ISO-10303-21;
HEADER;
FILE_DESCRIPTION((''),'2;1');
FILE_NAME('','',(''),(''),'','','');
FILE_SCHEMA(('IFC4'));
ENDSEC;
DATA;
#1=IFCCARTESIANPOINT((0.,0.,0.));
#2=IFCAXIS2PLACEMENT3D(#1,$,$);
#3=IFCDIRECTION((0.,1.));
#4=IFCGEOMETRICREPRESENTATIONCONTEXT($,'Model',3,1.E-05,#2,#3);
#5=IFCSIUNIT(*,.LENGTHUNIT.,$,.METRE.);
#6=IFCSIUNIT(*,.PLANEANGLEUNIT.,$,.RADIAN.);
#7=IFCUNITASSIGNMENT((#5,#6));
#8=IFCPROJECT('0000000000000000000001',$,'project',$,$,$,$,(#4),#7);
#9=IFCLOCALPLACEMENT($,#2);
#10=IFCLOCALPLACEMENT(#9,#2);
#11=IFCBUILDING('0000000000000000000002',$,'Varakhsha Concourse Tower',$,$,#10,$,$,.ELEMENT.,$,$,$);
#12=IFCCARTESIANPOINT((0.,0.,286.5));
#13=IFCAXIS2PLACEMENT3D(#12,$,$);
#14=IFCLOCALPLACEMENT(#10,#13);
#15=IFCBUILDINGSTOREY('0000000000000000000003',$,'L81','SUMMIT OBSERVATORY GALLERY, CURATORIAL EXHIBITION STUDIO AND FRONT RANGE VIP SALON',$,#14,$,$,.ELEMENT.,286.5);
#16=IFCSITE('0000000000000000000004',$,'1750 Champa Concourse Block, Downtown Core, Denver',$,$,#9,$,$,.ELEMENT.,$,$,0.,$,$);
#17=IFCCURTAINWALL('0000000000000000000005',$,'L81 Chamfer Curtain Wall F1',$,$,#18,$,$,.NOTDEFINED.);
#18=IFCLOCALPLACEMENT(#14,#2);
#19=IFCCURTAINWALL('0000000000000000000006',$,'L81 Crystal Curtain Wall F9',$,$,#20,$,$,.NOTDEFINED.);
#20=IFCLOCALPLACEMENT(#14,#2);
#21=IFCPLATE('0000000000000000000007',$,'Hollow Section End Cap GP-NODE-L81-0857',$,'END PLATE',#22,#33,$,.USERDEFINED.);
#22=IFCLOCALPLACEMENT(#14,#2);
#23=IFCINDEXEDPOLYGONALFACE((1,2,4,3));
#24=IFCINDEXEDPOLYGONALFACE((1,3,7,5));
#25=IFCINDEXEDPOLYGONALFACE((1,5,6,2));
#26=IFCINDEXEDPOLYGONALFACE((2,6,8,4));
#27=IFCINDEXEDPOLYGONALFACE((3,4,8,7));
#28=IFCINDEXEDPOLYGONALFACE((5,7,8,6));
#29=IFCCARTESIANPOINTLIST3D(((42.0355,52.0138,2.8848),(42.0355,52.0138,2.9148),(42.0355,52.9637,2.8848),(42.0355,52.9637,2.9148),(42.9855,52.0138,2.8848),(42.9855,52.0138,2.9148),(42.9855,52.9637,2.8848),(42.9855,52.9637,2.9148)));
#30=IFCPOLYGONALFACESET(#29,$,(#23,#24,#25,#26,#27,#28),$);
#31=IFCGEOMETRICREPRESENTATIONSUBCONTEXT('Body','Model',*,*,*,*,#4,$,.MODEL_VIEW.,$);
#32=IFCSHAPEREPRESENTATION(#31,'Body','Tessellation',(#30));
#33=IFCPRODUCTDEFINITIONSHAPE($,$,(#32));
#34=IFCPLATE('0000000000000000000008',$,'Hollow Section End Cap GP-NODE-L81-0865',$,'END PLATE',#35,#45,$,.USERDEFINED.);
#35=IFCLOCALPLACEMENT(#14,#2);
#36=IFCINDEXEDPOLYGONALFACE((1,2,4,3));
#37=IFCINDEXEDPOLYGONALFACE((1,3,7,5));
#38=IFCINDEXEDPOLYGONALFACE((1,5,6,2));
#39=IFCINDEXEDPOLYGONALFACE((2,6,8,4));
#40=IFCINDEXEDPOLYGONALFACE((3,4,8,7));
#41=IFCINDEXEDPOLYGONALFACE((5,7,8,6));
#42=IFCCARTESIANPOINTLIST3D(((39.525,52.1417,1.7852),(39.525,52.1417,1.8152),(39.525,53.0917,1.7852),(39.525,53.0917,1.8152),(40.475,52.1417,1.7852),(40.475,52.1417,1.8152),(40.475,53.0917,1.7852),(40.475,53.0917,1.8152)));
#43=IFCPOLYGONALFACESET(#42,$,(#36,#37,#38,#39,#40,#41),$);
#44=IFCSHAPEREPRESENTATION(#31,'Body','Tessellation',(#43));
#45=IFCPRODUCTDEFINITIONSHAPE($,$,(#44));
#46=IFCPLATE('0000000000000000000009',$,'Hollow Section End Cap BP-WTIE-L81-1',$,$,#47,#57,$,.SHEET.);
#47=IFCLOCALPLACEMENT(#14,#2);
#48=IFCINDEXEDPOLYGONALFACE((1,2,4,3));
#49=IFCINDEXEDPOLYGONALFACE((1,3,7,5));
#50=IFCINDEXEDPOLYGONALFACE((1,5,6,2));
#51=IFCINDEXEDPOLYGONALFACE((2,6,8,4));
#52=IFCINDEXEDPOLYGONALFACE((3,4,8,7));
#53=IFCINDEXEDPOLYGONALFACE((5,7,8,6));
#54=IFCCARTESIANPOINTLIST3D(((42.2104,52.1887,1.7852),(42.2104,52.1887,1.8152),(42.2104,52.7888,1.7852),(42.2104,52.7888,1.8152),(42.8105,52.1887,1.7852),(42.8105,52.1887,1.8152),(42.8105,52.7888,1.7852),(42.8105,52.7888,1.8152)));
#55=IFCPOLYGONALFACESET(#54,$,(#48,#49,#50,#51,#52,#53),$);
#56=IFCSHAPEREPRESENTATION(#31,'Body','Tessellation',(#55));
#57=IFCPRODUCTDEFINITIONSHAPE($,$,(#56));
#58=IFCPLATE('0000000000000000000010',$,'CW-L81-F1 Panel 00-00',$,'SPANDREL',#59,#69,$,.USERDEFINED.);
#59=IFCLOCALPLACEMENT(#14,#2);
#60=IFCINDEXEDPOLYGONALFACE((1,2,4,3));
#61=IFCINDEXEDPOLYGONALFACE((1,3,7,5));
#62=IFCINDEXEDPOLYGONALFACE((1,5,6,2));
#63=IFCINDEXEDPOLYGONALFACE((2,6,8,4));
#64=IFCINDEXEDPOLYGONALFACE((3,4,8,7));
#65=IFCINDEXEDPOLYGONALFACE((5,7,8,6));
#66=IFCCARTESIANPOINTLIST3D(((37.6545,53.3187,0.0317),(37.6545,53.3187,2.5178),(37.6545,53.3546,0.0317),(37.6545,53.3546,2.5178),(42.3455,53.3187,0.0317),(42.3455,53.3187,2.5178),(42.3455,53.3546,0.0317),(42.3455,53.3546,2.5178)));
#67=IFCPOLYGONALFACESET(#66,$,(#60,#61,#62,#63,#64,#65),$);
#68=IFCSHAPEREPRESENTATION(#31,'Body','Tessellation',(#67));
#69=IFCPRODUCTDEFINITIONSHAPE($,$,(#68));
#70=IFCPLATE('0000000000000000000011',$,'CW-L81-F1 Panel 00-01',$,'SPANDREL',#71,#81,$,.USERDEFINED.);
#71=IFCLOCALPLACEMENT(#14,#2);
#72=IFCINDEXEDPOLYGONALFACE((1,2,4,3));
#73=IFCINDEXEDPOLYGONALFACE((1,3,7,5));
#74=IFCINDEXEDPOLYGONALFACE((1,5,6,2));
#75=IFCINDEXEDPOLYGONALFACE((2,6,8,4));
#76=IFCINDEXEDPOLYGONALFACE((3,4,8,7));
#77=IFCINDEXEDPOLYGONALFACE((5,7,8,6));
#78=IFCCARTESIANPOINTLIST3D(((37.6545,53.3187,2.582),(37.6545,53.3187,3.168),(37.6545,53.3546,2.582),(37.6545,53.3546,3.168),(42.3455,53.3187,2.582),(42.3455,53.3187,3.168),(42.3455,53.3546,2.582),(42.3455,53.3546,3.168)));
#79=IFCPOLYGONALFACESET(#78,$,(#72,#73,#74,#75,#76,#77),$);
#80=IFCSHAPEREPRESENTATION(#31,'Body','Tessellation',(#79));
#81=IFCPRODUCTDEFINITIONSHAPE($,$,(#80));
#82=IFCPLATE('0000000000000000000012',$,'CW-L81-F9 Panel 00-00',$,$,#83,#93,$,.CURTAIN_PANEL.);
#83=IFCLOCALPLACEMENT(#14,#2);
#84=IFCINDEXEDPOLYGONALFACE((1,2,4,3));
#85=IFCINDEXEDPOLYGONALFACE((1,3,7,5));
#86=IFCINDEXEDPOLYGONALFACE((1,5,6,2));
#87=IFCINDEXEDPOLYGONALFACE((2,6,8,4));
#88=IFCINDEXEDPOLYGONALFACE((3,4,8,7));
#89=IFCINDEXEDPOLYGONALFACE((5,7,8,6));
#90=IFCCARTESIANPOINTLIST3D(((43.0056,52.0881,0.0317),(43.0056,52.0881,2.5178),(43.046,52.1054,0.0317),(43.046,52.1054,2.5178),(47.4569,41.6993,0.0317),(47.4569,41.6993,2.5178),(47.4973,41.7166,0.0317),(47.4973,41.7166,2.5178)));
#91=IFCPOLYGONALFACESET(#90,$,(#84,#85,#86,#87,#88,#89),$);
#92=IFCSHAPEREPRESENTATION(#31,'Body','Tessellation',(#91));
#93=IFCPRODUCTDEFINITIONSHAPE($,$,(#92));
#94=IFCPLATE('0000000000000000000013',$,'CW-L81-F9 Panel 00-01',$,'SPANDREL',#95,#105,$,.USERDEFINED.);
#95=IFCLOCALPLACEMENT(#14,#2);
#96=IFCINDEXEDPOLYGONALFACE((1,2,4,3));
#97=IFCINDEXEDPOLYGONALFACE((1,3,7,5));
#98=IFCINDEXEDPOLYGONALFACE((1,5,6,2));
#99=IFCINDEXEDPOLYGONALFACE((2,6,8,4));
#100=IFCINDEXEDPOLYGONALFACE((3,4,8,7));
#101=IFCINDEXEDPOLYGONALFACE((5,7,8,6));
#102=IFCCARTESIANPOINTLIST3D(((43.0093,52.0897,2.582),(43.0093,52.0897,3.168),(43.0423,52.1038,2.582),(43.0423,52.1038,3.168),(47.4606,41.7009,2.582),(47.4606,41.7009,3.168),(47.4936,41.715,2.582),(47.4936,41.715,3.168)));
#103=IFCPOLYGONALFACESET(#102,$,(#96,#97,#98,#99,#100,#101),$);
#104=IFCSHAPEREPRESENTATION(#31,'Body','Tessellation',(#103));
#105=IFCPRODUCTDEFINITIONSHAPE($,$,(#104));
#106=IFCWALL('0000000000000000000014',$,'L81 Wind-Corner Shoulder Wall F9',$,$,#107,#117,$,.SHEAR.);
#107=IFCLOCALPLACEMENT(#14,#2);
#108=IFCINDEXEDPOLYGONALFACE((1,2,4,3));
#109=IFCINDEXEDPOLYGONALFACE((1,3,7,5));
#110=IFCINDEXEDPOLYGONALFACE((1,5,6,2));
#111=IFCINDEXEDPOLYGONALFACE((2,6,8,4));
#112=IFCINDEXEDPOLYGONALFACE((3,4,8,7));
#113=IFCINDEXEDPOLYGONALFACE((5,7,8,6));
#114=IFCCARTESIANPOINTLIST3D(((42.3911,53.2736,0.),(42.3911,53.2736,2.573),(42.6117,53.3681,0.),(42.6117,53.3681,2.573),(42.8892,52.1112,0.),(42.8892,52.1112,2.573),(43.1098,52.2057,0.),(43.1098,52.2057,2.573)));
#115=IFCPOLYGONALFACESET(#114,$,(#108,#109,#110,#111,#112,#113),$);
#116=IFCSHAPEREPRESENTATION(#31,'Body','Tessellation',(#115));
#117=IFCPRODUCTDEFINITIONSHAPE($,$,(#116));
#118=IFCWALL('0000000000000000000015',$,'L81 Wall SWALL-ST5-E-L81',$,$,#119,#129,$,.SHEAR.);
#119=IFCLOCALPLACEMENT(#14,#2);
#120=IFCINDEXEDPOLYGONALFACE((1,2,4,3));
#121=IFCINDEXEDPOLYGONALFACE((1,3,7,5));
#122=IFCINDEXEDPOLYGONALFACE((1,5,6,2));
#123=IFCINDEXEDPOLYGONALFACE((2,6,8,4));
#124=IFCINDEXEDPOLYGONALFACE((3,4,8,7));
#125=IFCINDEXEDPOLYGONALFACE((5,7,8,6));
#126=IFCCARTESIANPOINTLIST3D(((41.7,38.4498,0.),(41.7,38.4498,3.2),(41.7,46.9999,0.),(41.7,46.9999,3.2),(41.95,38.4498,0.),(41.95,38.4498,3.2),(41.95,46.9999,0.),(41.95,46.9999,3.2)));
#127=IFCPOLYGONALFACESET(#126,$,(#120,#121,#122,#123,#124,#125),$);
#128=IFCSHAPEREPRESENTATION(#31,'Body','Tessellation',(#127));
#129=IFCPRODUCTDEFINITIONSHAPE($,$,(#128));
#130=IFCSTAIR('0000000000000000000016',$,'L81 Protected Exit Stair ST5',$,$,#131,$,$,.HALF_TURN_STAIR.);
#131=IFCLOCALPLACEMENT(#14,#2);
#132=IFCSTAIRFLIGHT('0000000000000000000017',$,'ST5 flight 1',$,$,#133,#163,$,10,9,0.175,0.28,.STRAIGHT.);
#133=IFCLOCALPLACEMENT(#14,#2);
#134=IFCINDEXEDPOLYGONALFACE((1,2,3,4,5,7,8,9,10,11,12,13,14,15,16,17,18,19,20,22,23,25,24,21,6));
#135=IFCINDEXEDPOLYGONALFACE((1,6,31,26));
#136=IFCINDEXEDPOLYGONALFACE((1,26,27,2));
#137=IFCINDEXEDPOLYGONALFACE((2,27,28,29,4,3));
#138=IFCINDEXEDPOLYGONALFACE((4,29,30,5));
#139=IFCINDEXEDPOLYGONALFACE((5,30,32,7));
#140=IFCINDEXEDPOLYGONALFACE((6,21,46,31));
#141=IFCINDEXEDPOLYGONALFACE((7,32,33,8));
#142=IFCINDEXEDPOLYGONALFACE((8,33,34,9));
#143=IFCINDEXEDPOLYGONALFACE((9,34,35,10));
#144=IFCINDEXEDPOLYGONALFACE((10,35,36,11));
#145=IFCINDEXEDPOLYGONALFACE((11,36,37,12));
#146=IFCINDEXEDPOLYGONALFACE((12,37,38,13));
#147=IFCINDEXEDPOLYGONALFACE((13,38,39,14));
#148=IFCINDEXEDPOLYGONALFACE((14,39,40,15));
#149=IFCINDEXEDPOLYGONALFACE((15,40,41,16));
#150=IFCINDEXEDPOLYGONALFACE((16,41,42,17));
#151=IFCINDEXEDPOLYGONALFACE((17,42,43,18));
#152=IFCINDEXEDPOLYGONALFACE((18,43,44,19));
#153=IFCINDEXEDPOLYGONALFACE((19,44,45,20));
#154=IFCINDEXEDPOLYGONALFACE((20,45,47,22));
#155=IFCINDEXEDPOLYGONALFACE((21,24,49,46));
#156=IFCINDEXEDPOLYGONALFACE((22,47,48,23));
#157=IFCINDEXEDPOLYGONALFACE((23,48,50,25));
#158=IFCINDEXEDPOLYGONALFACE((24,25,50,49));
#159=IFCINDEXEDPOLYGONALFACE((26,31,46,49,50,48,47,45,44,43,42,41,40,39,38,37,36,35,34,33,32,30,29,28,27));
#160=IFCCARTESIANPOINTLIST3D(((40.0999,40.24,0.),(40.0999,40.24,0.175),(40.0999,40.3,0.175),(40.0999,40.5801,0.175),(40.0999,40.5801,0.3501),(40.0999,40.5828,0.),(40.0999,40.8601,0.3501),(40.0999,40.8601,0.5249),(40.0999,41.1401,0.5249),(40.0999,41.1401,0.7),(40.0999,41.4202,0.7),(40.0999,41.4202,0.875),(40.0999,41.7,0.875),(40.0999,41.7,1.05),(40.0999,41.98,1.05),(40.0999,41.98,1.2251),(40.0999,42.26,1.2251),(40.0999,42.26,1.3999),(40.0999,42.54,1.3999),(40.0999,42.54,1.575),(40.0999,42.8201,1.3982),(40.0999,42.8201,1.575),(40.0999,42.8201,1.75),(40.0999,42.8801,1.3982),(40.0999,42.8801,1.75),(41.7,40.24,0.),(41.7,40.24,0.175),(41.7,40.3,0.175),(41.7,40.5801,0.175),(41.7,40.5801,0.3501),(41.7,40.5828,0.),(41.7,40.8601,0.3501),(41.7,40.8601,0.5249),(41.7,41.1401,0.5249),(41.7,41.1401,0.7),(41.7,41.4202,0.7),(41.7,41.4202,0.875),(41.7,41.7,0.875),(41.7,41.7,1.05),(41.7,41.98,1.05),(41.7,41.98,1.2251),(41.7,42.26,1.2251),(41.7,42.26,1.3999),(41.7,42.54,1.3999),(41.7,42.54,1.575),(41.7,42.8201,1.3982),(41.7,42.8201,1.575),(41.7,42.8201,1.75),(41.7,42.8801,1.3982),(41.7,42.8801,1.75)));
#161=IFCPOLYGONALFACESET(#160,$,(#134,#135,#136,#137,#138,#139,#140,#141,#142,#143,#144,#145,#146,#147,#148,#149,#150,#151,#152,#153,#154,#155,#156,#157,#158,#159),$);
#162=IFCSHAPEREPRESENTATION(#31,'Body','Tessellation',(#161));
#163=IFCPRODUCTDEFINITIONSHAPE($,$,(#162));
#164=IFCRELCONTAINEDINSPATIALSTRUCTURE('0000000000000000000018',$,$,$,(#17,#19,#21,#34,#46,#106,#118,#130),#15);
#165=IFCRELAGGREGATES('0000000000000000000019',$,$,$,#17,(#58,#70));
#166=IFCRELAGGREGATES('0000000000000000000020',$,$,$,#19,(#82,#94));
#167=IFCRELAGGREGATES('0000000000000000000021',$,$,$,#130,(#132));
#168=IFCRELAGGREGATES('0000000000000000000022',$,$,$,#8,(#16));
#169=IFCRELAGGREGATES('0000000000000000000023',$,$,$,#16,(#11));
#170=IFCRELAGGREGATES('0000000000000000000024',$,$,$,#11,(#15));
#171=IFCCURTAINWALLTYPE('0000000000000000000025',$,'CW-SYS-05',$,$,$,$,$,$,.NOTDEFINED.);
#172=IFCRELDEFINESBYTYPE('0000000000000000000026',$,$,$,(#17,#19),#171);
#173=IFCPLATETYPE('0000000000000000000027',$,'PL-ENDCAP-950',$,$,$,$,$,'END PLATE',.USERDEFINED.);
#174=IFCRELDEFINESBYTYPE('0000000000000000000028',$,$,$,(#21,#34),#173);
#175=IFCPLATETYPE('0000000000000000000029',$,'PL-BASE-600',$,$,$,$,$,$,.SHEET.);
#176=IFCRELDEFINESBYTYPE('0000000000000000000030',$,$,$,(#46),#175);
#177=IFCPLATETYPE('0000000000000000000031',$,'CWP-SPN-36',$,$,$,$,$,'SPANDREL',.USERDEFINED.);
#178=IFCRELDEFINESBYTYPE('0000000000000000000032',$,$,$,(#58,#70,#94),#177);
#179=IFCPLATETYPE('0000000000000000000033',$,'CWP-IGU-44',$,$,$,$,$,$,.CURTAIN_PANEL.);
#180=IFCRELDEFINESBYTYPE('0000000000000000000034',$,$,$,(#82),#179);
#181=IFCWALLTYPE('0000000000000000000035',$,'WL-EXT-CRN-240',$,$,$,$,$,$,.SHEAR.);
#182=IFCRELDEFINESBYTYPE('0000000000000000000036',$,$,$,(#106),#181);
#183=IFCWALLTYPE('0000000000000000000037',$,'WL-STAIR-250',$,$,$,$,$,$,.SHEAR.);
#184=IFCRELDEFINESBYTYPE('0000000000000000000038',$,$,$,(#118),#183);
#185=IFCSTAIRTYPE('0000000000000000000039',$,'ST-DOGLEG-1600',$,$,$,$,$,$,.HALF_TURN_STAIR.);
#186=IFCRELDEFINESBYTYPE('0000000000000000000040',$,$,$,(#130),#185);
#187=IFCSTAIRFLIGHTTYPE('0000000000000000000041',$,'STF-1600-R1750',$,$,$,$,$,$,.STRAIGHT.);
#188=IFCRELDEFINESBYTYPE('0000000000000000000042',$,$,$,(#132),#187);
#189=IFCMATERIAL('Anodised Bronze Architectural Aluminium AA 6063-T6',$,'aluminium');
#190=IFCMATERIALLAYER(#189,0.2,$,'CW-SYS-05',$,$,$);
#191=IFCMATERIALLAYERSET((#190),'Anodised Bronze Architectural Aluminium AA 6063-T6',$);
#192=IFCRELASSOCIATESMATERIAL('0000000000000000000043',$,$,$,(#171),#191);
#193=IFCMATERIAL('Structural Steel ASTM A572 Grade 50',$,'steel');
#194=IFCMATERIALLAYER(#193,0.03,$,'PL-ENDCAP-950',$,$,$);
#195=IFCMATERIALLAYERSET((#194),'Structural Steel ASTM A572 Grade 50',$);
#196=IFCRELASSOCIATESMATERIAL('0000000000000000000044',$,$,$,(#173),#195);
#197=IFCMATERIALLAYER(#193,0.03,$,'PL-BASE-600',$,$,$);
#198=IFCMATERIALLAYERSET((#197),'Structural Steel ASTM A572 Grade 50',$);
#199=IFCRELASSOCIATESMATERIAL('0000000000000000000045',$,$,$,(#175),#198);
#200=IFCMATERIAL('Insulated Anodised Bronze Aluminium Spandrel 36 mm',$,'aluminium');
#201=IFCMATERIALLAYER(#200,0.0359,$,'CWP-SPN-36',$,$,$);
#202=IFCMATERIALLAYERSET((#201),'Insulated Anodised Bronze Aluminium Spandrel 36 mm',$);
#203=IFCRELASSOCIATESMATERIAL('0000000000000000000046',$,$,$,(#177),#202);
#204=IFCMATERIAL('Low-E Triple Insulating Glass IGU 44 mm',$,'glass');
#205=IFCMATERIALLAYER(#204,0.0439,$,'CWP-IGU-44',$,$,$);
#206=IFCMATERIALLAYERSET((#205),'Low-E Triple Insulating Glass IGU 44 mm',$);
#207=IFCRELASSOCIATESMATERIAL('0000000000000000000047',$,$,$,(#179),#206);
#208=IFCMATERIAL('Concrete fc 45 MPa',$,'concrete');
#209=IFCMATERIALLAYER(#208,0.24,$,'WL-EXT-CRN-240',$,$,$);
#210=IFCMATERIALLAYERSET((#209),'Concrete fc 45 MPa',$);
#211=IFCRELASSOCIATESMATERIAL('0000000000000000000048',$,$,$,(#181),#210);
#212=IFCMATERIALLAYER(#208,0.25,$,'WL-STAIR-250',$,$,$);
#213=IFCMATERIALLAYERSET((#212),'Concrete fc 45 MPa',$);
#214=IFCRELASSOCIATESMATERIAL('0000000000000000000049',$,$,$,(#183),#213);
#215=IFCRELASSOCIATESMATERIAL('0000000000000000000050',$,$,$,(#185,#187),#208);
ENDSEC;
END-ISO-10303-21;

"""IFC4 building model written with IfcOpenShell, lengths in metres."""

from ifc_helpers import new_model, si_unit, direction, frame, frame_2d, origin, origin_2d, place, context, subcontext, project, spatial, polyline, rectangle, outline, extrude, source, transform, mapped, material, layer, layer_set, type_object, type_shapes, element, aggregate, save


model = new_model("IFC4")

# Units and contexts
model_context = context("Model", 3, precision=1e-05, world=origin(), true_north=direction((0.0, 1.0)))
body_context = subcontext(model_context, "Body", "Model", "MODEL_VIEW")
ifc_project = project(units=[si_unit("LENGTHUNIT", "METRE"), si_unit("PLANEANGLEUNIT", "RADIAN")], contexts=[model_context])

# Site, building, storey
site_placement = place(None, origin())
site = spatial("IfcSite", under=ifc_project, at=site_placement, Name="1750 Champa Concourse Block, Downtown Core, Denver", CompositionType="ELEMENT", RefElevation=0.0)
building_placement = place(site_placement, origin())
building = spatial("IfcBuilding", under=site, at=building_placement, Name="Varakhsha Concourse Tower", CompositionType="ELEMENT")
storey_placement = place(building_placement, frame((0.0, 0.0, 286.5)))
storey = spatial("IfcBuildingStorey", under=building, at=storey_placement, Name="L81", Description="SUMMIT OBSERVATORY GALLERY, CURATORIAL EXHIBITION STUDIO AND FRONT RANGE VIP SALON", CompositionType="ELEMENT", Elevation=286.5)

# Shared definitions
ifc_material_1 = material(Name="Structural Steel ASTM A572 Grade 50", Category="steel")

# Curtain wall
ifc_material_2 = material(Name="Anodised Bronze Architectural Aluminium AA 6063-T6", Category="aluminium")
ifc_layer_1 = layer(ifc_material_2, 0.2, Name="CW-SYS-05")
ifc_layer_set_1 = layer_set([ifc_layer_1], Name="Anodised Bronze Architectural Aluminium AA 6063-T6")
curtain_wall_type = type_object("IfcCurtainWallType", Name="CW-SYS-05", PredefinedType="NOTDEFINED", material=ifc_layer_set_1)
curtain_wall_1_placement = place(storey_placement, origin())
curtain_wall_1 = element("IfcCurtainWall", 1, at=curtain_wall_1_placement, inside=storey, type_object=curtain_wall_type, Name="L81 Chamfer Curtain Wall F1", PredefinedType="NOTDEFINED")

# Curtain wall
curtain_wall_2_placement = place(storey_placement, origin())
curtain_wall_2 = element("IfcCurtainWall", 2, at=curtain_wall_2_placement, inside=storey, type_object=curtain_wall_type, Name="L81 Crystal Curtain Wall F9", PredefinedType="NOTDEFINED")

# Plates
ifc_layer_2 = layer(ifc_material_1, 0.03, Name="PL-ENDCAP-950")
ifc_layer_set_2 = layer_set([ifc_layer_2], Name="Structural Steel ASTM A572 Grade 50")
plate_type_1 = type_object("IfcPlateType", Name="PL-ENDCAP-950", ElementType="END PLATE", PredefinedType="USERDEFINED", material=ifc_layer_set_2)
shared_shape_1 = source(origin(), body_context, "Body", "SweptSolid", [
    extrude(rectangle(XDim=0.95, YDim=0.95, at=origin_2d()), origin(), (0.0, 0.0, 1.0), 0.03),
])
type_shapes(plate_type_1, [shared_shape_1])
for number, where, z_axis, x_axis, name in (
    (3, (42.5105, 52.4888, 2.8848), (0.0, 0.0, 1.0), (1.0, 0.0, 0.0), "Hollow Section End Cap GP-NODE-L81-0857"),
    (4, (40.0, 52.6167, 1.7852), (0.0, 0.0, 1.0), (1.0, 0.0, 0.0), "Hollow Section End Cap GP-NODE-L81-0865"),
):
    element("IfcPlate", number, at=place(storey_placement, frame(where, z_axis=z_axis, x_axis=x_axis)), inside=storey, type_object=plate_type_1, Name=name, ObjectType="END PLATE", PredefinedType="USERDEFINED", context=body_context, shape_type="MappedRepresentation", body=[
        mapped(shared_shape_1, transform((0.0, 0.0, 0.0), scale=1.0)),
    ])
ifc_layer_3 = layer(ifc_material_1, 0.03, Name="PL-BASE-600")
ifc_layer_set_3 = layer_set([ifc_layer_3], Name="Structural Steel ASTM A572 Grade 50")
plate_type_2 = type_object("IfcPlateType", Name="PL-BASE-600", PredefinedType="SHEET", material=ifc_layer_set_3)
shared_shape_2 = source(origin(), body_context, "Body", "SweptSolid", [
    extrude(rectangle(XDim=0.6001, YDim=0.6001, at=origin_2d()), origin(), (0.0, 0.0, 1.0), 0.03),
])
type_shapes(plate_type_2, [shared_shape_2])
plate_1_placement = place(storey_placement, frame((42.5105, 52.4888, 1.7852), z_axis=(0.0, 0.0, 1.0), x_axis=(1.0, 0.0, 0.0)))
element("IfcPlate", 5, at=plate_1_placement, inside=storey, type_object=plate_type_2, Name="Hollow Section End Cap BP-WTIE-L81-1", PredefinedType="SHEET", context=body_context, shape_type="MappedRepresentation", body=[
    mapped(shared_shape_2, transform((0.0, 0.0, 0.0), scale=1.0)),
])

# Plates
ifc_material_3 = material(Name="Insulated Anodised Bronze Aluminium Spandrel 36 mm", Category="aluminium")
ifc_layer_4 = layer(ifc_material_3, 0.0359, Name="CWP-SPN-36")
ifc_layer_set_4 = layer_set([ifc_layer_4], Name="Insulated Anodised Bronze Aluminium Spandrel 36 mm")
plate_type_3 = type_object("IfcPlateType", Name="CWP-SPN-36", ElementType="SPANDREL", PredefinedType="USERDEFINED", material=ifc_layer_set_4)
shared_shape_3 = source(origin(), body_context, "Body", "SweptSolid", [
    extrude(rectangle(XDim=4.6909, YDim=0.0359, at=origin_2d()), origin(), (0.0, 0.0, 1.0), 2.4861),
])
plate_2_placement = place(storey_placement, frame((40.0, 53.3367, 0.0317), z_axis=(0.0, 0.0, 1.0), x_axis=(1.0, 0.0, 0.0)))
plate_2 = element("IfcPlate", 6, at=plate_2_placement, type_object=plate_type_3, Name="CW-L81-F1 Panel 00-00", ObjectType="SPANDREL", PredefinedType="USERDEFINED", context=body_context, shape_type="MappedRepresentation", body=[
    mapped(shared_shape_3, transform((0.0, 0.0, 0.0), scale=1.0)),
])
shared_shape_4 = source(origin(), body_context, "Body", "SweptSolid", [
    extrude(rectangle(XDim=4.6909, YDim=0.0359, at=origin_2d()), origin(), (0.0, 0.0, 1.0), 0.5859),
])
plate_3_placement = place(storey_placement, frame((40.0, 53.3367, 2.582), z_axis=(0.0, 0.0, 1.0), x_axis=(1.0, 0.0, 0.0)))
plate_3 = element("IfcPlate", 7, at=plate_3_placement, type_object=plate_type_3, Name="CW-L81-F1 Panel 00-01", ObjectType="SPANDREL", PredefinedType="USERDEFINED", context=body_context, shape_type="MappedRepresentation", body=[
    mapped(shared_shape_4, transform((0.0, 0.0, 0.0), scale=1.0)),
])
aggregate(curtain_wall_1, [plate_2, plate_3])
ifc_material_4 = material(Name="Low-E Triple Insulating Glass IGU 44 mm", Category="glass")
ifc_layer_5 = layer(ifc_material_4, 0.0439, Name="CWP-IGU-44")
ifc_layer_set_5 = layer_set([ifc_layer_5], Name="Low-E Triple Insulating Glass IGU 44 mm")
plate_type_4 = type_object("IfcPlateType", Name="CWP-IGU-44", PredefinedType="CURTAIN_PANEL", material=ifc_layer_set_5)
shared_shape_5 = source(origin(), body_context, "Body", "SweptSolid", [
    extrude(rectangle(XDim=11.3022, YDim=0.0439, at=origin_2d()), origin(), (0.0, 0.0, 1.0), 2.4861),
])
type_shapes(plate_type_4, [shared_shape_5])
plate_4_placement = place(storey_placement, frame((45.2515, 46.9023, 0.0317), z_axis=(0.0, 0.0, 1.0), x_axis=(0.393839, -0.919179, 0.0)))
plate_4 = element("IfcPlate", 8, at=plate_4_placement, type_object=plate_type_4, Name="CW-L81-F9 Panel 00-00", PredefinedType="CURTAIN_PANEL", context=body_context, shape_type="MappedRepresentation", body=[
    mapped(shared_shape_5, transform((0.0, 0.0, 0.0), scale=1.0)),
])
shared_shape_6 = source(origin(), body_context, "Body", "SweptSolid", [
    extrude(rectangle(XDim=11.3022, YDim=0.0359, at=origin_2d()), origin(), (0.0, 0.0, 1.0), 0.5859),
])
type_shapes(plate_type_3, [shared_shape_3, shared_shape_4, shared_shape_6])
plate_5_placement = place(storey_placement, frame((45.2515, 46.9023, 2.582), z_axis=(0.0, 0.0, 1.0), x_axis=(0.393839, -0.919179, 0.0)))
plate_5 = element("IfcPlate", 9, at=plate_5_placement, type_object=plate_type_3, Name="CW-L81-F9 Panel 00-01", ObjectType="SPANDREL", PredefinedType="USERDEFINED", context=body_context, shape_type="MappedRepresentation", body=[
    mapped(shared_shape_6, transform((0.0, 0.0, 0.0), scale=1.0)),
])
aggregate(curtain_wall_2, [plate_4, plate_5])

# Walls
ifc_material_5 = material(Name="Concrete fc 45 MPa", Category="concrete")
ifc_layer_6 = layer(ifc_material_5, 0.24, Name="WL-EXT-CRN-240")
ifc_layer_set_6 = layer_set([ifc_layer_6], Name="Concrete fc 45 MPa")
wall_type_1 = type_object("IfcWallType", Name="WL-EXT-CRN-240", PredefinedType="SHEAR", material=ifc_layer_set_6)
wall_1_placement = place(storey_placement, frame((42.9995, 52.1584, 0.0), z_axis=(0.0, 0.0, 1.0), x_axis=(-0.393849, 0.919175, 0.0)))
element("IfcWall", 10, at=wall_1_placement, inside=storey, type_object=wall_type_1, Name="L81 Wind-Corner Shoulder Wall F9", PredefinedType="SHEAR", context=body_context, shape_type="SweptSolid", body=[
    extrude(rectangle(XDim=1.2646, YDim=0.24, at=frame_2d((0.6323, 0.0))), origin(), (0.0, 0.0, 1.0), 2.573),
])
ifc_layer_7 = layer(ifc_material_5, 0.25, Name="WL-STAIR-250")
ifc_layer_set_7 = layer_set([ifc_layer_7], Name="Concrete fc 45 MPa")
wall_type_2 = type_object("IfcWallType", Name="WL-STAIR-250", PredefinedType="SHEAR", material=ifc_layer_set_7)
wall_2_placement = place(storey_placement, frame((41.825, 38.45, 0.0), z_axis=(0.0, 0.0, 1.0), x_axis=(0.0, 1.0, 0.0)))
element("IfcWall", 11, at=wall_2_placement, inside=storey, type_object=wall_type_2, Name="L81 Wall SWALL-ST5-E-L81", PredefinedType="SHEAR", context=body_context, shape_type="SweptSolid", body=[
    extrude(rectangle(XDim=8.55, YDim=0.25, at=frame_2d((4.2749, 0.0))), origin(), (0.0, 0.0, 1.0), 3.2),
])

# Stair, stair flight
stair_type = type_object("IfcStairType", Name="ST-DOGLEG-1600", PredefinedType="HALF_TURN_STAIR", material=ifc_material_5)
stair_placement = place(storey_placement, origin())
stair = element("IfcStair", 12, at=stair_placement, inside=storey, type_object=stair_type, Name="L81 Protected Exit Stair ST5", PredefinedType="HALF_TURN_STAIR")
stair_flight_type = type_object("IfcStairFlightType", Name="STF-1600-R1750", PredefinedType="STRAIGHT", material=ifc_material_5)
stair_flight_placement = place(storey_placement, frame((40.8999, 40.3, 0.0), z_axis=(0.0, 0.0, 1.0), x_axis=(0.0, 1.0, 0.0)))
stair_flight = element("IfcStairFlight", 13, at=stair_flight_placement, type_object=stair_flight_type, Name="ST5 flight 1", NumberOfRisers=10, NumberOfTreads=9, PredefinedType="STRAIGHT", RiserHeight=0.175, TreadLength=0.28, context=body_context, shape_type="SweptSolid", body=[
    extrude(outline(polyline([(-0.0601, 0.0), (-0.0601, 0.175), (0.0, 0.175), (0.28, 0.175), (0.28, 0.3501), (0.5601, 0.3501), (0.5601, 0.5249), (0.8401, 0.5249), (0.8401, 0.7), (1.1201, 0.7), (1.1201, 0.875), (1.3999, 0.875), (1.3999, 1.05), (1.6799, 1.05), (1.6799, 1.2251), (1.96, 1.2251), (1.96, 1.3999), (2.24, 1.3999), (2.24, 1.575), (2.52, 1.575), (2.52, 1.75), (2.5801, 1.75), (2.5801, 1.3982), (2.52, 1.3982), (0.2827, 0.0), (-0.0601, 0.0)])), frame((0.0, 0.8, 0.0), z_axis=(0.0, -1.0, 0.0), x_axis=(1.0, 0.0, 0.0)), (0.0, 0.0, 1.0), 1.6001),
])
aggregate(stair, [stair_flight])

save(model, "model.ifc")
